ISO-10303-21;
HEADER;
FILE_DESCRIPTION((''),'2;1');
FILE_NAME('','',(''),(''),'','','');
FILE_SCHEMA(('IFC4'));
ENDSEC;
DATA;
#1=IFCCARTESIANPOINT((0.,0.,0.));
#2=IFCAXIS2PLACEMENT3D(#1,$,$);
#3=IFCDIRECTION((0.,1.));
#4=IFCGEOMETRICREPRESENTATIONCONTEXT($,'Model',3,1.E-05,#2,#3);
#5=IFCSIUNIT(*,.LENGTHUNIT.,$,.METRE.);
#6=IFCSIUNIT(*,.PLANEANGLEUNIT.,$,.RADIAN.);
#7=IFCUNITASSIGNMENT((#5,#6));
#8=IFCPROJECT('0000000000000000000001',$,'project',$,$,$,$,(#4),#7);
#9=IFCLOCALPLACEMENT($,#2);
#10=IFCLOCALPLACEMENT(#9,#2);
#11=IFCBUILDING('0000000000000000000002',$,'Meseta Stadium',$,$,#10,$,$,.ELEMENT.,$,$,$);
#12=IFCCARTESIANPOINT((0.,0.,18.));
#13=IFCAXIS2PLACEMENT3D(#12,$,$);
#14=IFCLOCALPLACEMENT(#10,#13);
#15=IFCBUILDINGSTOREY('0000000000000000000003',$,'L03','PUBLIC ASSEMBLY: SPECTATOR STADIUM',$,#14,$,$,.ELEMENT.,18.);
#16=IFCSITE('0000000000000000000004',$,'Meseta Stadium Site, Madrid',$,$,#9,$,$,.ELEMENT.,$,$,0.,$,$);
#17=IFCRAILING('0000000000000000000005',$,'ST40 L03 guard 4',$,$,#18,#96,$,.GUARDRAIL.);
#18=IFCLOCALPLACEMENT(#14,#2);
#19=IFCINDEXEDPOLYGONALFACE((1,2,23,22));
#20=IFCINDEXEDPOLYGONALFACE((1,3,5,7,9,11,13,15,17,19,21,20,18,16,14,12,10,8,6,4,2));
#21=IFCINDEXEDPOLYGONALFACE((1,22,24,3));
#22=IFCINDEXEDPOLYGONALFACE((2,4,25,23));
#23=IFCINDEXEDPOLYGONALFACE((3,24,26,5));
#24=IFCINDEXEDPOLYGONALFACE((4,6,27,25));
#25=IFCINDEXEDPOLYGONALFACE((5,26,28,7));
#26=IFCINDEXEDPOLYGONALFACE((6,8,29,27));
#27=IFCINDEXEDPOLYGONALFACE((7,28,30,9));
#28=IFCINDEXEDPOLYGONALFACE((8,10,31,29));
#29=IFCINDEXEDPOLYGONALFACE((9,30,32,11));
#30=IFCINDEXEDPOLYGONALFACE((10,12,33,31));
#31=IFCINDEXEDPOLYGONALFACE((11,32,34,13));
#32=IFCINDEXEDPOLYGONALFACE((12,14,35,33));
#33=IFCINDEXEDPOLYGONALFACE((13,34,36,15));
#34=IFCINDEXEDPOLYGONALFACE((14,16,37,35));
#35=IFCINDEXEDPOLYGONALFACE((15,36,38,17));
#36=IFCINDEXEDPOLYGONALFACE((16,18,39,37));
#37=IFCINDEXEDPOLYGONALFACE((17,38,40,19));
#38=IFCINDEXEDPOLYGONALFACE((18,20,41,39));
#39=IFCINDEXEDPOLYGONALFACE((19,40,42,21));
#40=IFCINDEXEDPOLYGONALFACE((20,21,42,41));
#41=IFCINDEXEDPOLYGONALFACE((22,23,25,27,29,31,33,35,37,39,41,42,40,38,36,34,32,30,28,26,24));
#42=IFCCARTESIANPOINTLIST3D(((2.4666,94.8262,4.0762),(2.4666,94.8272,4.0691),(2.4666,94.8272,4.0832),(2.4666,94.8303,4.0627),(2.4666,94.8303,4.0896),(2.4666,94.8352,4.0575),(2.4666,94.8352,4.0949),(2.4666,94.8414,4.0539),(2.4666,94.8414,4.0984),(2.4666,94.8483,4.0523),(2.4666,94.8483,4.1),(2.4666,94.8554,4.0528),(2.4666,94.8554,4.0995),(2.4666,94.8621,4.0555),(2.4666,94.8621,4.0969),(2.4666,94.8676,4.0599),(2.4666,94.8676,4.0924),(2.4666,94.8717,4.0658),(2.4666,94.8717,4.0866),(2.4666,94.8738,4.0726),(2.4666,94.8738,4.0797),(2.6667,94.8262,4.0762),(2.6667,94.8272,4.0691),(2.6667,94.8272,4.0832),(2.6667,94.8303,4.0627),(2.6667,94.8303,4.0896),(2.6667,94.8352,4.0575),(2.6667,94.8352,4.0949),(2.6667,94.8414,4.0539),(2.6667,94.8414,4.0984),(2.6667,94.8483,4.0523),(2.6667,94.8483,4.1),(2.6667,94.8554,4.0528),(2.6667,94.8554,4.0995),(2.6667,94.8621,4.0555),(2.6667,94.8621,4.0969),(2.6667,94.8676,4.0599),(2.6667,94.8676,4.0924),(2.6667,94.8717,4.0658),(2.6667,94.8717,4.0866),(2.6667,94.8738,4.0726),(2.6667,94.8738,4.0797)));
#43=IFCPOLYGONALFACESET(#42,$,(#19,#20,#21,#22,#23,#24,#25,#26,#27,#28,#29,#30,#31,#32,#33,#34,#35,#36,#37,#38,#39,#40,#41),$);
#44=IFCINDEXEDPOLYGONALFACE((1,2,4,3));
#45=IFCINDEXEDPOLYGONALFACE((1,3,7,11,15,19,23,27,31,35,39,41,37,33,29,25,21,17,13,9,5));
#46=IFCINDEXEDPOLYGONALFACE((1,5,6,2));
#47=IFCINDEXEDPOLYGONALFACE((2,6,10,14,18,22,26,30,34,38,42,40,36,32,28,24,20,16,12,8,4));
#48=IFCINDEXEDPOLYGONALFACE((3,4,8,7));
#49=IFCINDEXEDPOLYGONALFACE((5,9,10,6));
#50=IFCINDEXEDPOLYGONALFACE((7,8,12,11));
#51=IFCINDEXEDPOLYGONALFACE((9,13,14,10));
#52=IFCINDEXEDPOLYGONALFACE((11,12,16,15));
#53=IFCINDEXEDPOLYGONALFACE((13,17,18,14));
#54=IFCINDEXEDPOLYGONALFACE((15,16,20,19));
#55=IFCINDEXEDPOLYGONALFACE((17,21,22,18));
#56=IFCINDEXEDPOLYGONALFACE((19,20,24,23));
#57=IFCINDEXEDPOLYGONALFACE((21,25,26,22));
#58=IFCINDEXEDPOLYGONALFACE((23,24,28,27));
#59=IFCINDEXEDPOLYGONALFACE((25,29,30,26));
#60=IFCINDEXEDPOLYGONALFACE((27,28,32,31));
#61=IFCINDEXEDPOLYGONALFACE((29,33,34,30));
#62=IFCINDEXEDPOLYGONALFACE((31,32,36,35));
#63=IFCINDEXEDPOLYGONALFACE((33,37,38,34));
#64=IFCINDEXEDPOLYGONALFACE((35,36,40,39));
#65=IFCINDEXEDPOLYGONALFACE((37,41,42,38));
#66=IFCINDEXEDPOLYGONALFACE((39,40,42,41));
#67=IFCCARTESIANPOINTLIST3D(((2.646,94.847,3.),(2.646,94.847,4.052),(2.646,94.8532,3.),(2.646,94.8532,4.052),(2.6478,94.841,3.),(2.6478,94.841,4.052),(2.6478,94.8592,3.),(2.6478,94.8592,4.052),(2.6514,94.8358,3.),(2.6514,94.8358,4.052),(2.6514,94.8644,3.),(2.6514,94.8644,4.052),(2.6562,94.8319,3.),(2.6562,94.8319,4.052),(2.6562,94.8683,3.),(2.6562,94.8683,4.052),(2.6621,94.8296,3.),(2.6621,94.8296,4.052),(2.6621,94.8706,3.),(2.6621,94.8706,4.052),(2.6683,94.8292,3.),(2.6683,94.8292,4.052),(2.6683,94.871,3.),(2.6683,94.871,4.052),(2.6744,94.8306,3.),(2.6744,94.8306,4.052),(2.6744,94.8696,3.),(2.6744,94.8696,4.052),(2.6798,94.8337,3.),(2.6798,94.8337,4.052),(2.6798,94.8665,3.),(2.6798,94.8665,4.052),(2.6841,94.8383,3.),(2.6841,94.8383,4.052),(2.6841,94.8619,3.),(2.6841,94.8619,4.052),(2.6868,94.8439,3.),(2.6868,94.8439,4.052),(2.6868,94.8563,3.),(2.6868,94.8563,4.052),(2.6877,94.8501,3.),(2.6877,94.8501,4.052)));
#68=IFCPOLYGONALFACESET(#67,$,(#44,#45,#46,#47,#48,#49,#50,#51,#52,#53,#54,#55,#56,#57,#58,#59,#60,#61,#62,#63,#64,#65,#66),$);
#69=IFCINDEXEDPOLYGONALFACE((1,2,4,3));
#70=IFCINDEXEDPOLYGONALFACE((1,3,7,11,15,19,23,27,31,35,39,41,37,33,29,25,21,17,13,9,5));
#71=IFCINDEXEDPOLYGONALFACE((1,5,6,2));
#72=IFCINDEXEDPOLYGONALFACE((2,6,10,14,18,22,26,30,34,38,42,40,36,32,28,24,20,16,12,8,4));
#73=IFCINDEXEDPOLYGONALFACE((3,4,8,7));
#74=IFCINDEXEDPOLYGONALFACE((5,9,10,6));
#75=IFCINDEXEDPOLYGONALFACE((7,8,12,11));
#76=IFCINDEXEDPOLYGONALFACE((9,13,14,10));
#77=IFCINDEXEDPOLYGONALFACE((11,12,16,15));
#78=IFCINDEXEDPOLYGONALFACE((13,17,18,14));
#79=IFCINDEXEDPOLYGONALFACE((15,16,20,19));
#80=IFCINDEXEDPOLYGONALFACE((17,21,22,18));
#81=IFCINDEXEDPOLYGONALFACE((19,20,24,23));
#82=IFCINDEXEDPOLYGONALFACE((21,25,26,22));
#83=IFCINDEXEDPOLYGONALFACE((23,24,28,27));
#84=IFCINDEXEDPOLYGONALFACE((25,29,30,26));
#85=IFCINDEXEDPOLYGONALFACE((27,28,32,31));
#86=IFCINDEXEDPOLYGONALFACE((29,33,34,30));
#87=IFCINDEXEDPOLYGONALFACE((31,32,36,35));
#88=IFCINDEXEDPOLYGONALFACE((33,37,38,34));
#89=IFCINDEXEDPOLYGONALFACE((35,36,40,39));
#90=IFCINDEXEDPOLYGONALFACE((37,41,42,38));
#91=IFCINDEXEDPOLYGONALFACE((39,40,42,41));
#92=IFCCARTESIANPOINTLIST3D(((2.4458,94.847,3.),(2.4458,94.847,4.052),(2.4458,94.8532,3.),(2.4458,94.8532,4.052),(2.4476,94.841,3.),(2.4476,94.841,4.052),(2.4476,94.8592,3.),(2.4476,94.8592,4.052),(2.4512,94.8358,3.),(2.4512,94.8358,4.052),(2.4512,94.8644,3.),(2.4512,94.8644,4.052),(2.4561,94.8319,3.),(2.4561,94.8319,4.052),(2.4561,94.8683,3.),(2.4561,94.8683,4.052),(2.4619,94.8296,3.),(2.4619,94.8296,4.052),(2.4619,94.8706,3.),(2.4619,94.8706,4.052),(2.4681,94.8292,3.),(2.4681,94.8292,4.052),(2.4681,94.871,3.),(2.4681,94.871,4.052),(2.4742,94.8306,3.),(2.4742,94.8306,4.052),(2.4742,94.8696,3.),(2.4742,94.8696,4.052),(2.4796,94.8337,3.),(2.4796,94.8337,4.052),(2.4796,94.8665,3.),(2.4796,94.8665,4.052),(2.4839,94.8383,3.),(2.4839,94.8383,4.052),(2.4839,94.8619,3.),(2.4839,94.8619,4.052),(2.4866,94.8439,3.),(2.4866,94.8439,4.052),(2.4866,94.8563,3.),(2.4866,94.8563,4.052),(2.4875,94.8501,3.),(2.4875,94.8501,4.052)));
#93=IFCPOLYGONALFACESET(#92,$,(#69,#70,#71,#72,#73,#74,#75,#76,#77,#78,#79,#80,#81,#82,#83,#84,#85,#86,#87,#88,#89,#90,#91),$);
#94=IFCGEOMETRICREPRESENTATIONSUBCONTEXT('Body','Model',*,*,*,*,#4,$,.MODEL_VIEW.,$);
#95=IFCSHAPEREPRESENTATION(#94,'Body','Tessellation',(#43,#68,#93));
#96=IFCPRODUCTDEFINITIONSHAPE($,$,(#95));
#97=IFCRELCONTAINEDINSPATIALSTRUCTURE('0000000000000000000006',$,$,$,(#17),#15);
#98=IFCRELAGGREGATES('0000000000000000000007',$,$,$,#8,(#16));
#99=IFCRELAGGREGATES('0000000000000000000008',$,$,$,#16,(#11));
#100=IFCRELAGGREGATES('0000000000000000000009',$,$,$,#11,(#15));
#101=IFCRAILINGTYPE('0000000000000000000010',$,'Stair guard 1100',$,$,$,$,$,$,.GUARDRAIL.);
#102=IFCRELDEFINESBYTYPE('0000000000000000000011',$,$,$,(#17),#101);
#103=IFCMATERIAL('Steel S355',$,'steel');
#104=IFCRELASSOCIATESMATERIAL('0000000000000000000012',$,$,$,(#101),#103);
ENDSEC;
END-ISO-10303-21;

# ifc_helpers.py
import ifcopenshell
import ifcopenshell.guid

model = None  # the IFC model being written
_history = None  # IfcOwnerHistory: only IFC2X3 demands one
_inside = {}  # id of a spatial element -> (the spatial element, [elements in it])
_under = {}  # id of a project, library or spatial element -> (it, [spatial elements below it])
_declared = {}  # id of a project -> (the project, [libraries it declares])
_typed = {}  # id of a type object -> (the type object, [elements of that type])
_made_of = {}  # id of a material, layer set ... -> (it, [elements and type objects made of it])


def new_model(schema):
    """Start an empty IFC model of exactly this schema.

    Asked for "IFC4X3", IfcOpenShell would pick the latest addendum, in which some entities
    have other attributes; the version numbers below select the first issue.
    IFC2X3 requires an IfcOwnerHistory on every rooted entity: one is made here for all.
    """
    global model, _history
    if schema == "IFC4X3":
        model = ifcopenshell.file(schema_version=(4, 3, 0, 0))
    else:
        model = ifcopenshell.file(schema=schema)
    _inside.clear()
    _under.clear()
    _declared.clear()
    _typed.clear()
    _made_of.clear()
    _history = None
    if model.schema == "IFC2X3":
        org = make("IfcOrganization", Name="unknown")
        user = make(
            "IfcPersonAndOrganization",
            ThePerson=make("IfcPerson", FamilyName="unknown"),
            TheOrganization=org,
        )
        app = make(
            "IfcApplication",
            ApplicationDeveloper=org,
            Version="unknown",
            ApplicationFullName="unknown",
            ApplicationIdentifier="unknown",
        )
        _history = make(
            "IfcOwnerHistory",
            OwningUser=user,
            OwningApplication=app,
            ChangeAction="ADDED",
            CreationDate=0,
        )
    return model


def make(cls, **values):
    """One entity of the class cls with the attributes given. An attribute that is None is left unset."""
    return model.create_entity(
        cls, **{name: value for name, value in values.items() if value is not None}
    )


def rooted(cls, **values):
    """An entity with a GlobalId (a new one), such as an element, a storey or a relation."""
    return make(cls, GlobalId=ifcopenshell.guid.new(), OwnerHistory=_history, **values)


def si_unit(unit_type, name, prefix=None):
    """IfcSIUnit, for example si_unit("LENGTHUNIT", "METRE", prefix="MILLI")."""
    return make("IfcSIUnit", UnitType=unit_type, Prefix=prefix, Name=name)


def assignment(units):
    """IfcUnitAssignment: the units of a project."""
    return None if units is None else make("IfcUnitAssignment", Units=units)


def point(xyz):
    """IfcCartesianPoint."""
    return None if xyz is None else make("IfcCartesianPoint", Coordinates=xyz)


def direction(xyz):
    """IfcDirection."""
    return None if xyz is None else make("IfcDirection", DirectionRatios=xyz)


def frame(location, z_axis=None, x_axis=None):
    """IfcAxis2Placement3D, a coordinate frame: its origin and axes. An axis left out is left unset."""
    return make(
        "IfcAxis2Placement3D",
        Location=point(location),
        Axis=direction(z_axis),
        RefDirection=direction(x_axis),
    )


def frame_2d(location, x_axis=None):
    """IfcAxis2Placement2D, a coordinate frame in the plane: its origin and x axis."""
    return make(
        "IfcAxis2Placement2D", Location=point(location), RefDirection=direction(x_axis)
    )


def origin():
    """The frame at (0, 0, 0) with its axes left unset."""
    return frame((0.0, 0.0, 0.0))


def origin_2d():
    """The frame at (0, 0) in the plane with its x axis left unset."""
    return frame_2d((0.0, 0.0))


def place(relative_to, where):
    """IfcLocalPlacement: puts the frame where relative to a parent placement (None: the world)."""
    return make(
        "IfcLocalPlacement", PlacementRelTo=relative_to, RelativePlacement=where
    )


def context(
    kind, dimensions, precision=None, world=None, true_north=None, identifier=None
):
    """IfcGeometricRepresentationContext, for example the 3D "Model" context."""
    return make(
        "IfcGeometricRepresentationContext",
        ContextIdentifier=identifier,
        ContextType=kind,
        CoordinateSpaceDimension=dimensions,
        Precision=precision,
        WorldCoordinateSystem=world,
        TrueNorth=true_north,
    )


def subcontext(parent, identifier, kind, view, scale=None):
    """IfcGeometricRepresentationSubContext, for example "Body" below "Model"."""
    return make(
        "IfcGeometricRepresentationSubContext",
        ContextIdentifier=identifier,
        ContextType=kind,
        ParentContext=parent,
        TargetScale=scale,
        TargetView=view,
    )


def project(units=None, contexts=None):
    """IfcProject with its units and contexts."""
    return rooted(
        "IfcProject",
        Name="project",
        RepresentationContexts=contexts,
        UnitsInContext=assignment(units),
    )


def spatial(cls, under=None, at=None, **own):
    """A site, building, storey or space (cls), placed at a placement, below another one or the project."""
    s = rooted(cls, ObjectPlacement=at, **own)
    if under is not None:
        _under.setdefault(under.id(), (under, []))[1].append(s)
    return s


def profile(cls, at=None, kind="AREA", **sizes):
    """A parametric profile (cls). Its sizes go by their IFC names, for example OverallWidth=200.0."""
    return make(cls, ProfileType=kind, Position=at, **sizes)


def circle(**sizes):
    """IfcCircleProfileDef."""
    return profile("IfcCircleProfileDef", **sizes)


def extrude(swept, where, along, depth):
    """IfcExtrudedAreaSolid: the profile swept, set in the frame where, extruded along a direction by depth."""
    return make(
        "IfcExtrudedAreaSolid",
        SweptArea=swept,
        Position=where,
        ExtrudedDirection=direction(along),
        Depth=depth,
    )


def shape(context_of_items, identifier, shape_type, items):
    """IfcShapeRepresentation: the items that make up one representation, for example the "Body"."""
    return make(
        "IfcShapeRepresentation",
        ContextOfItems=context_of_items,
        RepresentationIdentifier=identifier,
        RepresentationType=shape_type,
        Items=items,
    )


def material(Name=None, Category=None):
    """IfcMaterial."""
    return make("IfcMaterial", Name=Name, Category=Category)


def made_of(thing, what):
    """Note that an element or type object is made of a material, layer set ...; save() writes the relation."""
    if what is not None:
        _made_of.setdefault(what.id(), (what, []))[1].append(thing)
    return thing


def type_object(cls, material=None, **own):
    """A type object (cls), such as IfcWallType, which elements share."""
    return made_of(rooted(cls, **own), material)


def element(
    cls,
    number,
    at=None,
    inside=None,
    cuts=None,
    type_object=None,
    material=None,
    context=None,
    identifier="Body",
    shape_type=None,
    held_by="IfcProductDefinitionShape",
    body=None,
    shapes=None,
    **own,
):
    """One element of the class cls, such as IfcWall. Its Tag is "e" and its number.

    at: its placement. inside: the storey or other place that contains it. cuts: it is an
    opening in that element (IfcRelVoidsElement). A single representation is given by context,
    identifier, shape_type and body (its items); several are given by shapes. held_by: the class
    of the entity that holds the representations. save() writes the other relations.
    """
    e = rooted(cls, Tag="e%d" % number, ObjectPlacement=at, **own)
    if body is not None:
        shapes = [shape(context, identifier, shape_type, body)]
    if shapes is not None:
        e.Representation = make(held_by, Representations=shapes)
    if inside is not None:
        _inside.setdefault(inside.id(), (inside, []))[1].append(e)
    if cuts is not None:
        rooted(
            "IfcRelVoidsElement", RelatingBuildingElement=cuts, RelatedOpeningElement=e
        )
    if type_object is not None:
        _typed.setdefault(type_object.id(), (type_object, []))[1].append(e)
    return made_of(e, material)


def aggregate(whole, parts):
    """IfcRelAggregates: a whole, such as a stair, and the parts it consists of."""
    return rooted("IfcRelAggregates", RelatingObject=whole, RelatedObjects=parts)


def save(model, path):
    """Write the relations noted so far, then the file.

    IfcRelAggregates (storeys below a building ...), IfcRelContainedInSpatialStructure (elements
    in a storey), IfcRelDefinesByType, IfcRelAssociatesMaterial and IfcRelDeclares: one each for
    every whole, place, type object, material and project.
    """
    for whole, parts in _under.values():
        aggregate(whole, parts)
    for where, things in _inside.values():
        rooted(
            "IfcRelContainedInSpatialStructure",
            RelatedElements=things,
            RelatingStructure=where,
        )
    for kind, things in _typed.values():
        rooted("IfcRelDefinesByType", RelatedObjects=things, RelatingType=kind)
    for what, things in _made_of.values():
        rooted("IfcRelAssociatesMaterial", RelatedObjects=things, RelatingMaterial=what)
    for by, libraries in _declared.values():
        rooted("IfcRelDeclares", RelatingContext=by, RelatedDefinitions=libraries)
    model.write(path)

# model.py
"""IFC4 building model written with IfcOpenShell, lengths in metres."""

from ifc_helpers import new_model, si_unit, direction, frame, origin, origin_2d, place, context, subcontext, project, spatial, circle, extrude, material, type_object, element, save


model = new_model("IFC4")

# Units and contexts
model_context = context("Model", 3, precision=1e-05, world=origin(), true_north=direction((0.0, 1.0)))
body_context = subcontext(model_context, "Body", "Model", "MODEL_VIEW")
ifc_project = project(units=[si_unit("LENGTHUNIT", "METRE"), si_unit("PLANEANGLEUNIT", "RADIAN")], contexts=[model_context])

# Site, building, storey
site_placement = place(None, origin())
site = spatial("IfcSite", under=ifc_project, at=site_placement, Name="Meseta Stadium Site, Madrid", CompositionType="ELEMENT", RefElevation=0.0)
building_placement = place(site_placement, origin())
building = spatial("IfcBuilding", under=site, at=building_placement, Name="Meseta Stadium", CompositionType="ELEMENT")
storey_placement = place(building_placement, frame((0.0, 0.0, 18.0)))
storey = spatial("IfcBuildingStorey", under=building, at=storey_placement, Name="L03", Description="PUBLIC ASSEMBLY: SPECTATOR STADIUM", CompositionType="ELEMENT", Elevation=18.0)

# Railing
ifc_material_1 = material(Name="Steel S355", Category="steel")
railing_type_1 = type_object("IfcRailingType", Name="Stair guard 1100", PredefinedType="GUARDRAIL", material=ifc_material_1)
railing_1_placement = place(storey_placement, frame((2.6667, 94.8501, 3.0)))
element("IfcRailing", 1, at=railing_1_placement, inside=storey, type_object=railing_type_1, Name="ST40 L03 guard 4", PredefinedType="GUARDRAIL", context=body_context, shape_type="SweptSolid", body=[
    extrude(circle(Radius=0.0239, at=origin_2d()), frame((0.0, 0.0, 1.0762), z_axis=(-1.0, 0.0, 0.0), x_axis=(0.0, -1.0, 0.0)), (0.0, 0.0, 1.0), 0.2002),
    extrude(circle(Radius=0.021, at=origin_2d()), origin(), (0.0, 0.0, 1.0), 1.052),
    extrude(circle(Radius=0.021, at=origin_2d()), frame((-0.2002, 0.0, 0.0)), (0.0, 0.0, 1.0), 1.052),
])

save(model, "model.ifc")
